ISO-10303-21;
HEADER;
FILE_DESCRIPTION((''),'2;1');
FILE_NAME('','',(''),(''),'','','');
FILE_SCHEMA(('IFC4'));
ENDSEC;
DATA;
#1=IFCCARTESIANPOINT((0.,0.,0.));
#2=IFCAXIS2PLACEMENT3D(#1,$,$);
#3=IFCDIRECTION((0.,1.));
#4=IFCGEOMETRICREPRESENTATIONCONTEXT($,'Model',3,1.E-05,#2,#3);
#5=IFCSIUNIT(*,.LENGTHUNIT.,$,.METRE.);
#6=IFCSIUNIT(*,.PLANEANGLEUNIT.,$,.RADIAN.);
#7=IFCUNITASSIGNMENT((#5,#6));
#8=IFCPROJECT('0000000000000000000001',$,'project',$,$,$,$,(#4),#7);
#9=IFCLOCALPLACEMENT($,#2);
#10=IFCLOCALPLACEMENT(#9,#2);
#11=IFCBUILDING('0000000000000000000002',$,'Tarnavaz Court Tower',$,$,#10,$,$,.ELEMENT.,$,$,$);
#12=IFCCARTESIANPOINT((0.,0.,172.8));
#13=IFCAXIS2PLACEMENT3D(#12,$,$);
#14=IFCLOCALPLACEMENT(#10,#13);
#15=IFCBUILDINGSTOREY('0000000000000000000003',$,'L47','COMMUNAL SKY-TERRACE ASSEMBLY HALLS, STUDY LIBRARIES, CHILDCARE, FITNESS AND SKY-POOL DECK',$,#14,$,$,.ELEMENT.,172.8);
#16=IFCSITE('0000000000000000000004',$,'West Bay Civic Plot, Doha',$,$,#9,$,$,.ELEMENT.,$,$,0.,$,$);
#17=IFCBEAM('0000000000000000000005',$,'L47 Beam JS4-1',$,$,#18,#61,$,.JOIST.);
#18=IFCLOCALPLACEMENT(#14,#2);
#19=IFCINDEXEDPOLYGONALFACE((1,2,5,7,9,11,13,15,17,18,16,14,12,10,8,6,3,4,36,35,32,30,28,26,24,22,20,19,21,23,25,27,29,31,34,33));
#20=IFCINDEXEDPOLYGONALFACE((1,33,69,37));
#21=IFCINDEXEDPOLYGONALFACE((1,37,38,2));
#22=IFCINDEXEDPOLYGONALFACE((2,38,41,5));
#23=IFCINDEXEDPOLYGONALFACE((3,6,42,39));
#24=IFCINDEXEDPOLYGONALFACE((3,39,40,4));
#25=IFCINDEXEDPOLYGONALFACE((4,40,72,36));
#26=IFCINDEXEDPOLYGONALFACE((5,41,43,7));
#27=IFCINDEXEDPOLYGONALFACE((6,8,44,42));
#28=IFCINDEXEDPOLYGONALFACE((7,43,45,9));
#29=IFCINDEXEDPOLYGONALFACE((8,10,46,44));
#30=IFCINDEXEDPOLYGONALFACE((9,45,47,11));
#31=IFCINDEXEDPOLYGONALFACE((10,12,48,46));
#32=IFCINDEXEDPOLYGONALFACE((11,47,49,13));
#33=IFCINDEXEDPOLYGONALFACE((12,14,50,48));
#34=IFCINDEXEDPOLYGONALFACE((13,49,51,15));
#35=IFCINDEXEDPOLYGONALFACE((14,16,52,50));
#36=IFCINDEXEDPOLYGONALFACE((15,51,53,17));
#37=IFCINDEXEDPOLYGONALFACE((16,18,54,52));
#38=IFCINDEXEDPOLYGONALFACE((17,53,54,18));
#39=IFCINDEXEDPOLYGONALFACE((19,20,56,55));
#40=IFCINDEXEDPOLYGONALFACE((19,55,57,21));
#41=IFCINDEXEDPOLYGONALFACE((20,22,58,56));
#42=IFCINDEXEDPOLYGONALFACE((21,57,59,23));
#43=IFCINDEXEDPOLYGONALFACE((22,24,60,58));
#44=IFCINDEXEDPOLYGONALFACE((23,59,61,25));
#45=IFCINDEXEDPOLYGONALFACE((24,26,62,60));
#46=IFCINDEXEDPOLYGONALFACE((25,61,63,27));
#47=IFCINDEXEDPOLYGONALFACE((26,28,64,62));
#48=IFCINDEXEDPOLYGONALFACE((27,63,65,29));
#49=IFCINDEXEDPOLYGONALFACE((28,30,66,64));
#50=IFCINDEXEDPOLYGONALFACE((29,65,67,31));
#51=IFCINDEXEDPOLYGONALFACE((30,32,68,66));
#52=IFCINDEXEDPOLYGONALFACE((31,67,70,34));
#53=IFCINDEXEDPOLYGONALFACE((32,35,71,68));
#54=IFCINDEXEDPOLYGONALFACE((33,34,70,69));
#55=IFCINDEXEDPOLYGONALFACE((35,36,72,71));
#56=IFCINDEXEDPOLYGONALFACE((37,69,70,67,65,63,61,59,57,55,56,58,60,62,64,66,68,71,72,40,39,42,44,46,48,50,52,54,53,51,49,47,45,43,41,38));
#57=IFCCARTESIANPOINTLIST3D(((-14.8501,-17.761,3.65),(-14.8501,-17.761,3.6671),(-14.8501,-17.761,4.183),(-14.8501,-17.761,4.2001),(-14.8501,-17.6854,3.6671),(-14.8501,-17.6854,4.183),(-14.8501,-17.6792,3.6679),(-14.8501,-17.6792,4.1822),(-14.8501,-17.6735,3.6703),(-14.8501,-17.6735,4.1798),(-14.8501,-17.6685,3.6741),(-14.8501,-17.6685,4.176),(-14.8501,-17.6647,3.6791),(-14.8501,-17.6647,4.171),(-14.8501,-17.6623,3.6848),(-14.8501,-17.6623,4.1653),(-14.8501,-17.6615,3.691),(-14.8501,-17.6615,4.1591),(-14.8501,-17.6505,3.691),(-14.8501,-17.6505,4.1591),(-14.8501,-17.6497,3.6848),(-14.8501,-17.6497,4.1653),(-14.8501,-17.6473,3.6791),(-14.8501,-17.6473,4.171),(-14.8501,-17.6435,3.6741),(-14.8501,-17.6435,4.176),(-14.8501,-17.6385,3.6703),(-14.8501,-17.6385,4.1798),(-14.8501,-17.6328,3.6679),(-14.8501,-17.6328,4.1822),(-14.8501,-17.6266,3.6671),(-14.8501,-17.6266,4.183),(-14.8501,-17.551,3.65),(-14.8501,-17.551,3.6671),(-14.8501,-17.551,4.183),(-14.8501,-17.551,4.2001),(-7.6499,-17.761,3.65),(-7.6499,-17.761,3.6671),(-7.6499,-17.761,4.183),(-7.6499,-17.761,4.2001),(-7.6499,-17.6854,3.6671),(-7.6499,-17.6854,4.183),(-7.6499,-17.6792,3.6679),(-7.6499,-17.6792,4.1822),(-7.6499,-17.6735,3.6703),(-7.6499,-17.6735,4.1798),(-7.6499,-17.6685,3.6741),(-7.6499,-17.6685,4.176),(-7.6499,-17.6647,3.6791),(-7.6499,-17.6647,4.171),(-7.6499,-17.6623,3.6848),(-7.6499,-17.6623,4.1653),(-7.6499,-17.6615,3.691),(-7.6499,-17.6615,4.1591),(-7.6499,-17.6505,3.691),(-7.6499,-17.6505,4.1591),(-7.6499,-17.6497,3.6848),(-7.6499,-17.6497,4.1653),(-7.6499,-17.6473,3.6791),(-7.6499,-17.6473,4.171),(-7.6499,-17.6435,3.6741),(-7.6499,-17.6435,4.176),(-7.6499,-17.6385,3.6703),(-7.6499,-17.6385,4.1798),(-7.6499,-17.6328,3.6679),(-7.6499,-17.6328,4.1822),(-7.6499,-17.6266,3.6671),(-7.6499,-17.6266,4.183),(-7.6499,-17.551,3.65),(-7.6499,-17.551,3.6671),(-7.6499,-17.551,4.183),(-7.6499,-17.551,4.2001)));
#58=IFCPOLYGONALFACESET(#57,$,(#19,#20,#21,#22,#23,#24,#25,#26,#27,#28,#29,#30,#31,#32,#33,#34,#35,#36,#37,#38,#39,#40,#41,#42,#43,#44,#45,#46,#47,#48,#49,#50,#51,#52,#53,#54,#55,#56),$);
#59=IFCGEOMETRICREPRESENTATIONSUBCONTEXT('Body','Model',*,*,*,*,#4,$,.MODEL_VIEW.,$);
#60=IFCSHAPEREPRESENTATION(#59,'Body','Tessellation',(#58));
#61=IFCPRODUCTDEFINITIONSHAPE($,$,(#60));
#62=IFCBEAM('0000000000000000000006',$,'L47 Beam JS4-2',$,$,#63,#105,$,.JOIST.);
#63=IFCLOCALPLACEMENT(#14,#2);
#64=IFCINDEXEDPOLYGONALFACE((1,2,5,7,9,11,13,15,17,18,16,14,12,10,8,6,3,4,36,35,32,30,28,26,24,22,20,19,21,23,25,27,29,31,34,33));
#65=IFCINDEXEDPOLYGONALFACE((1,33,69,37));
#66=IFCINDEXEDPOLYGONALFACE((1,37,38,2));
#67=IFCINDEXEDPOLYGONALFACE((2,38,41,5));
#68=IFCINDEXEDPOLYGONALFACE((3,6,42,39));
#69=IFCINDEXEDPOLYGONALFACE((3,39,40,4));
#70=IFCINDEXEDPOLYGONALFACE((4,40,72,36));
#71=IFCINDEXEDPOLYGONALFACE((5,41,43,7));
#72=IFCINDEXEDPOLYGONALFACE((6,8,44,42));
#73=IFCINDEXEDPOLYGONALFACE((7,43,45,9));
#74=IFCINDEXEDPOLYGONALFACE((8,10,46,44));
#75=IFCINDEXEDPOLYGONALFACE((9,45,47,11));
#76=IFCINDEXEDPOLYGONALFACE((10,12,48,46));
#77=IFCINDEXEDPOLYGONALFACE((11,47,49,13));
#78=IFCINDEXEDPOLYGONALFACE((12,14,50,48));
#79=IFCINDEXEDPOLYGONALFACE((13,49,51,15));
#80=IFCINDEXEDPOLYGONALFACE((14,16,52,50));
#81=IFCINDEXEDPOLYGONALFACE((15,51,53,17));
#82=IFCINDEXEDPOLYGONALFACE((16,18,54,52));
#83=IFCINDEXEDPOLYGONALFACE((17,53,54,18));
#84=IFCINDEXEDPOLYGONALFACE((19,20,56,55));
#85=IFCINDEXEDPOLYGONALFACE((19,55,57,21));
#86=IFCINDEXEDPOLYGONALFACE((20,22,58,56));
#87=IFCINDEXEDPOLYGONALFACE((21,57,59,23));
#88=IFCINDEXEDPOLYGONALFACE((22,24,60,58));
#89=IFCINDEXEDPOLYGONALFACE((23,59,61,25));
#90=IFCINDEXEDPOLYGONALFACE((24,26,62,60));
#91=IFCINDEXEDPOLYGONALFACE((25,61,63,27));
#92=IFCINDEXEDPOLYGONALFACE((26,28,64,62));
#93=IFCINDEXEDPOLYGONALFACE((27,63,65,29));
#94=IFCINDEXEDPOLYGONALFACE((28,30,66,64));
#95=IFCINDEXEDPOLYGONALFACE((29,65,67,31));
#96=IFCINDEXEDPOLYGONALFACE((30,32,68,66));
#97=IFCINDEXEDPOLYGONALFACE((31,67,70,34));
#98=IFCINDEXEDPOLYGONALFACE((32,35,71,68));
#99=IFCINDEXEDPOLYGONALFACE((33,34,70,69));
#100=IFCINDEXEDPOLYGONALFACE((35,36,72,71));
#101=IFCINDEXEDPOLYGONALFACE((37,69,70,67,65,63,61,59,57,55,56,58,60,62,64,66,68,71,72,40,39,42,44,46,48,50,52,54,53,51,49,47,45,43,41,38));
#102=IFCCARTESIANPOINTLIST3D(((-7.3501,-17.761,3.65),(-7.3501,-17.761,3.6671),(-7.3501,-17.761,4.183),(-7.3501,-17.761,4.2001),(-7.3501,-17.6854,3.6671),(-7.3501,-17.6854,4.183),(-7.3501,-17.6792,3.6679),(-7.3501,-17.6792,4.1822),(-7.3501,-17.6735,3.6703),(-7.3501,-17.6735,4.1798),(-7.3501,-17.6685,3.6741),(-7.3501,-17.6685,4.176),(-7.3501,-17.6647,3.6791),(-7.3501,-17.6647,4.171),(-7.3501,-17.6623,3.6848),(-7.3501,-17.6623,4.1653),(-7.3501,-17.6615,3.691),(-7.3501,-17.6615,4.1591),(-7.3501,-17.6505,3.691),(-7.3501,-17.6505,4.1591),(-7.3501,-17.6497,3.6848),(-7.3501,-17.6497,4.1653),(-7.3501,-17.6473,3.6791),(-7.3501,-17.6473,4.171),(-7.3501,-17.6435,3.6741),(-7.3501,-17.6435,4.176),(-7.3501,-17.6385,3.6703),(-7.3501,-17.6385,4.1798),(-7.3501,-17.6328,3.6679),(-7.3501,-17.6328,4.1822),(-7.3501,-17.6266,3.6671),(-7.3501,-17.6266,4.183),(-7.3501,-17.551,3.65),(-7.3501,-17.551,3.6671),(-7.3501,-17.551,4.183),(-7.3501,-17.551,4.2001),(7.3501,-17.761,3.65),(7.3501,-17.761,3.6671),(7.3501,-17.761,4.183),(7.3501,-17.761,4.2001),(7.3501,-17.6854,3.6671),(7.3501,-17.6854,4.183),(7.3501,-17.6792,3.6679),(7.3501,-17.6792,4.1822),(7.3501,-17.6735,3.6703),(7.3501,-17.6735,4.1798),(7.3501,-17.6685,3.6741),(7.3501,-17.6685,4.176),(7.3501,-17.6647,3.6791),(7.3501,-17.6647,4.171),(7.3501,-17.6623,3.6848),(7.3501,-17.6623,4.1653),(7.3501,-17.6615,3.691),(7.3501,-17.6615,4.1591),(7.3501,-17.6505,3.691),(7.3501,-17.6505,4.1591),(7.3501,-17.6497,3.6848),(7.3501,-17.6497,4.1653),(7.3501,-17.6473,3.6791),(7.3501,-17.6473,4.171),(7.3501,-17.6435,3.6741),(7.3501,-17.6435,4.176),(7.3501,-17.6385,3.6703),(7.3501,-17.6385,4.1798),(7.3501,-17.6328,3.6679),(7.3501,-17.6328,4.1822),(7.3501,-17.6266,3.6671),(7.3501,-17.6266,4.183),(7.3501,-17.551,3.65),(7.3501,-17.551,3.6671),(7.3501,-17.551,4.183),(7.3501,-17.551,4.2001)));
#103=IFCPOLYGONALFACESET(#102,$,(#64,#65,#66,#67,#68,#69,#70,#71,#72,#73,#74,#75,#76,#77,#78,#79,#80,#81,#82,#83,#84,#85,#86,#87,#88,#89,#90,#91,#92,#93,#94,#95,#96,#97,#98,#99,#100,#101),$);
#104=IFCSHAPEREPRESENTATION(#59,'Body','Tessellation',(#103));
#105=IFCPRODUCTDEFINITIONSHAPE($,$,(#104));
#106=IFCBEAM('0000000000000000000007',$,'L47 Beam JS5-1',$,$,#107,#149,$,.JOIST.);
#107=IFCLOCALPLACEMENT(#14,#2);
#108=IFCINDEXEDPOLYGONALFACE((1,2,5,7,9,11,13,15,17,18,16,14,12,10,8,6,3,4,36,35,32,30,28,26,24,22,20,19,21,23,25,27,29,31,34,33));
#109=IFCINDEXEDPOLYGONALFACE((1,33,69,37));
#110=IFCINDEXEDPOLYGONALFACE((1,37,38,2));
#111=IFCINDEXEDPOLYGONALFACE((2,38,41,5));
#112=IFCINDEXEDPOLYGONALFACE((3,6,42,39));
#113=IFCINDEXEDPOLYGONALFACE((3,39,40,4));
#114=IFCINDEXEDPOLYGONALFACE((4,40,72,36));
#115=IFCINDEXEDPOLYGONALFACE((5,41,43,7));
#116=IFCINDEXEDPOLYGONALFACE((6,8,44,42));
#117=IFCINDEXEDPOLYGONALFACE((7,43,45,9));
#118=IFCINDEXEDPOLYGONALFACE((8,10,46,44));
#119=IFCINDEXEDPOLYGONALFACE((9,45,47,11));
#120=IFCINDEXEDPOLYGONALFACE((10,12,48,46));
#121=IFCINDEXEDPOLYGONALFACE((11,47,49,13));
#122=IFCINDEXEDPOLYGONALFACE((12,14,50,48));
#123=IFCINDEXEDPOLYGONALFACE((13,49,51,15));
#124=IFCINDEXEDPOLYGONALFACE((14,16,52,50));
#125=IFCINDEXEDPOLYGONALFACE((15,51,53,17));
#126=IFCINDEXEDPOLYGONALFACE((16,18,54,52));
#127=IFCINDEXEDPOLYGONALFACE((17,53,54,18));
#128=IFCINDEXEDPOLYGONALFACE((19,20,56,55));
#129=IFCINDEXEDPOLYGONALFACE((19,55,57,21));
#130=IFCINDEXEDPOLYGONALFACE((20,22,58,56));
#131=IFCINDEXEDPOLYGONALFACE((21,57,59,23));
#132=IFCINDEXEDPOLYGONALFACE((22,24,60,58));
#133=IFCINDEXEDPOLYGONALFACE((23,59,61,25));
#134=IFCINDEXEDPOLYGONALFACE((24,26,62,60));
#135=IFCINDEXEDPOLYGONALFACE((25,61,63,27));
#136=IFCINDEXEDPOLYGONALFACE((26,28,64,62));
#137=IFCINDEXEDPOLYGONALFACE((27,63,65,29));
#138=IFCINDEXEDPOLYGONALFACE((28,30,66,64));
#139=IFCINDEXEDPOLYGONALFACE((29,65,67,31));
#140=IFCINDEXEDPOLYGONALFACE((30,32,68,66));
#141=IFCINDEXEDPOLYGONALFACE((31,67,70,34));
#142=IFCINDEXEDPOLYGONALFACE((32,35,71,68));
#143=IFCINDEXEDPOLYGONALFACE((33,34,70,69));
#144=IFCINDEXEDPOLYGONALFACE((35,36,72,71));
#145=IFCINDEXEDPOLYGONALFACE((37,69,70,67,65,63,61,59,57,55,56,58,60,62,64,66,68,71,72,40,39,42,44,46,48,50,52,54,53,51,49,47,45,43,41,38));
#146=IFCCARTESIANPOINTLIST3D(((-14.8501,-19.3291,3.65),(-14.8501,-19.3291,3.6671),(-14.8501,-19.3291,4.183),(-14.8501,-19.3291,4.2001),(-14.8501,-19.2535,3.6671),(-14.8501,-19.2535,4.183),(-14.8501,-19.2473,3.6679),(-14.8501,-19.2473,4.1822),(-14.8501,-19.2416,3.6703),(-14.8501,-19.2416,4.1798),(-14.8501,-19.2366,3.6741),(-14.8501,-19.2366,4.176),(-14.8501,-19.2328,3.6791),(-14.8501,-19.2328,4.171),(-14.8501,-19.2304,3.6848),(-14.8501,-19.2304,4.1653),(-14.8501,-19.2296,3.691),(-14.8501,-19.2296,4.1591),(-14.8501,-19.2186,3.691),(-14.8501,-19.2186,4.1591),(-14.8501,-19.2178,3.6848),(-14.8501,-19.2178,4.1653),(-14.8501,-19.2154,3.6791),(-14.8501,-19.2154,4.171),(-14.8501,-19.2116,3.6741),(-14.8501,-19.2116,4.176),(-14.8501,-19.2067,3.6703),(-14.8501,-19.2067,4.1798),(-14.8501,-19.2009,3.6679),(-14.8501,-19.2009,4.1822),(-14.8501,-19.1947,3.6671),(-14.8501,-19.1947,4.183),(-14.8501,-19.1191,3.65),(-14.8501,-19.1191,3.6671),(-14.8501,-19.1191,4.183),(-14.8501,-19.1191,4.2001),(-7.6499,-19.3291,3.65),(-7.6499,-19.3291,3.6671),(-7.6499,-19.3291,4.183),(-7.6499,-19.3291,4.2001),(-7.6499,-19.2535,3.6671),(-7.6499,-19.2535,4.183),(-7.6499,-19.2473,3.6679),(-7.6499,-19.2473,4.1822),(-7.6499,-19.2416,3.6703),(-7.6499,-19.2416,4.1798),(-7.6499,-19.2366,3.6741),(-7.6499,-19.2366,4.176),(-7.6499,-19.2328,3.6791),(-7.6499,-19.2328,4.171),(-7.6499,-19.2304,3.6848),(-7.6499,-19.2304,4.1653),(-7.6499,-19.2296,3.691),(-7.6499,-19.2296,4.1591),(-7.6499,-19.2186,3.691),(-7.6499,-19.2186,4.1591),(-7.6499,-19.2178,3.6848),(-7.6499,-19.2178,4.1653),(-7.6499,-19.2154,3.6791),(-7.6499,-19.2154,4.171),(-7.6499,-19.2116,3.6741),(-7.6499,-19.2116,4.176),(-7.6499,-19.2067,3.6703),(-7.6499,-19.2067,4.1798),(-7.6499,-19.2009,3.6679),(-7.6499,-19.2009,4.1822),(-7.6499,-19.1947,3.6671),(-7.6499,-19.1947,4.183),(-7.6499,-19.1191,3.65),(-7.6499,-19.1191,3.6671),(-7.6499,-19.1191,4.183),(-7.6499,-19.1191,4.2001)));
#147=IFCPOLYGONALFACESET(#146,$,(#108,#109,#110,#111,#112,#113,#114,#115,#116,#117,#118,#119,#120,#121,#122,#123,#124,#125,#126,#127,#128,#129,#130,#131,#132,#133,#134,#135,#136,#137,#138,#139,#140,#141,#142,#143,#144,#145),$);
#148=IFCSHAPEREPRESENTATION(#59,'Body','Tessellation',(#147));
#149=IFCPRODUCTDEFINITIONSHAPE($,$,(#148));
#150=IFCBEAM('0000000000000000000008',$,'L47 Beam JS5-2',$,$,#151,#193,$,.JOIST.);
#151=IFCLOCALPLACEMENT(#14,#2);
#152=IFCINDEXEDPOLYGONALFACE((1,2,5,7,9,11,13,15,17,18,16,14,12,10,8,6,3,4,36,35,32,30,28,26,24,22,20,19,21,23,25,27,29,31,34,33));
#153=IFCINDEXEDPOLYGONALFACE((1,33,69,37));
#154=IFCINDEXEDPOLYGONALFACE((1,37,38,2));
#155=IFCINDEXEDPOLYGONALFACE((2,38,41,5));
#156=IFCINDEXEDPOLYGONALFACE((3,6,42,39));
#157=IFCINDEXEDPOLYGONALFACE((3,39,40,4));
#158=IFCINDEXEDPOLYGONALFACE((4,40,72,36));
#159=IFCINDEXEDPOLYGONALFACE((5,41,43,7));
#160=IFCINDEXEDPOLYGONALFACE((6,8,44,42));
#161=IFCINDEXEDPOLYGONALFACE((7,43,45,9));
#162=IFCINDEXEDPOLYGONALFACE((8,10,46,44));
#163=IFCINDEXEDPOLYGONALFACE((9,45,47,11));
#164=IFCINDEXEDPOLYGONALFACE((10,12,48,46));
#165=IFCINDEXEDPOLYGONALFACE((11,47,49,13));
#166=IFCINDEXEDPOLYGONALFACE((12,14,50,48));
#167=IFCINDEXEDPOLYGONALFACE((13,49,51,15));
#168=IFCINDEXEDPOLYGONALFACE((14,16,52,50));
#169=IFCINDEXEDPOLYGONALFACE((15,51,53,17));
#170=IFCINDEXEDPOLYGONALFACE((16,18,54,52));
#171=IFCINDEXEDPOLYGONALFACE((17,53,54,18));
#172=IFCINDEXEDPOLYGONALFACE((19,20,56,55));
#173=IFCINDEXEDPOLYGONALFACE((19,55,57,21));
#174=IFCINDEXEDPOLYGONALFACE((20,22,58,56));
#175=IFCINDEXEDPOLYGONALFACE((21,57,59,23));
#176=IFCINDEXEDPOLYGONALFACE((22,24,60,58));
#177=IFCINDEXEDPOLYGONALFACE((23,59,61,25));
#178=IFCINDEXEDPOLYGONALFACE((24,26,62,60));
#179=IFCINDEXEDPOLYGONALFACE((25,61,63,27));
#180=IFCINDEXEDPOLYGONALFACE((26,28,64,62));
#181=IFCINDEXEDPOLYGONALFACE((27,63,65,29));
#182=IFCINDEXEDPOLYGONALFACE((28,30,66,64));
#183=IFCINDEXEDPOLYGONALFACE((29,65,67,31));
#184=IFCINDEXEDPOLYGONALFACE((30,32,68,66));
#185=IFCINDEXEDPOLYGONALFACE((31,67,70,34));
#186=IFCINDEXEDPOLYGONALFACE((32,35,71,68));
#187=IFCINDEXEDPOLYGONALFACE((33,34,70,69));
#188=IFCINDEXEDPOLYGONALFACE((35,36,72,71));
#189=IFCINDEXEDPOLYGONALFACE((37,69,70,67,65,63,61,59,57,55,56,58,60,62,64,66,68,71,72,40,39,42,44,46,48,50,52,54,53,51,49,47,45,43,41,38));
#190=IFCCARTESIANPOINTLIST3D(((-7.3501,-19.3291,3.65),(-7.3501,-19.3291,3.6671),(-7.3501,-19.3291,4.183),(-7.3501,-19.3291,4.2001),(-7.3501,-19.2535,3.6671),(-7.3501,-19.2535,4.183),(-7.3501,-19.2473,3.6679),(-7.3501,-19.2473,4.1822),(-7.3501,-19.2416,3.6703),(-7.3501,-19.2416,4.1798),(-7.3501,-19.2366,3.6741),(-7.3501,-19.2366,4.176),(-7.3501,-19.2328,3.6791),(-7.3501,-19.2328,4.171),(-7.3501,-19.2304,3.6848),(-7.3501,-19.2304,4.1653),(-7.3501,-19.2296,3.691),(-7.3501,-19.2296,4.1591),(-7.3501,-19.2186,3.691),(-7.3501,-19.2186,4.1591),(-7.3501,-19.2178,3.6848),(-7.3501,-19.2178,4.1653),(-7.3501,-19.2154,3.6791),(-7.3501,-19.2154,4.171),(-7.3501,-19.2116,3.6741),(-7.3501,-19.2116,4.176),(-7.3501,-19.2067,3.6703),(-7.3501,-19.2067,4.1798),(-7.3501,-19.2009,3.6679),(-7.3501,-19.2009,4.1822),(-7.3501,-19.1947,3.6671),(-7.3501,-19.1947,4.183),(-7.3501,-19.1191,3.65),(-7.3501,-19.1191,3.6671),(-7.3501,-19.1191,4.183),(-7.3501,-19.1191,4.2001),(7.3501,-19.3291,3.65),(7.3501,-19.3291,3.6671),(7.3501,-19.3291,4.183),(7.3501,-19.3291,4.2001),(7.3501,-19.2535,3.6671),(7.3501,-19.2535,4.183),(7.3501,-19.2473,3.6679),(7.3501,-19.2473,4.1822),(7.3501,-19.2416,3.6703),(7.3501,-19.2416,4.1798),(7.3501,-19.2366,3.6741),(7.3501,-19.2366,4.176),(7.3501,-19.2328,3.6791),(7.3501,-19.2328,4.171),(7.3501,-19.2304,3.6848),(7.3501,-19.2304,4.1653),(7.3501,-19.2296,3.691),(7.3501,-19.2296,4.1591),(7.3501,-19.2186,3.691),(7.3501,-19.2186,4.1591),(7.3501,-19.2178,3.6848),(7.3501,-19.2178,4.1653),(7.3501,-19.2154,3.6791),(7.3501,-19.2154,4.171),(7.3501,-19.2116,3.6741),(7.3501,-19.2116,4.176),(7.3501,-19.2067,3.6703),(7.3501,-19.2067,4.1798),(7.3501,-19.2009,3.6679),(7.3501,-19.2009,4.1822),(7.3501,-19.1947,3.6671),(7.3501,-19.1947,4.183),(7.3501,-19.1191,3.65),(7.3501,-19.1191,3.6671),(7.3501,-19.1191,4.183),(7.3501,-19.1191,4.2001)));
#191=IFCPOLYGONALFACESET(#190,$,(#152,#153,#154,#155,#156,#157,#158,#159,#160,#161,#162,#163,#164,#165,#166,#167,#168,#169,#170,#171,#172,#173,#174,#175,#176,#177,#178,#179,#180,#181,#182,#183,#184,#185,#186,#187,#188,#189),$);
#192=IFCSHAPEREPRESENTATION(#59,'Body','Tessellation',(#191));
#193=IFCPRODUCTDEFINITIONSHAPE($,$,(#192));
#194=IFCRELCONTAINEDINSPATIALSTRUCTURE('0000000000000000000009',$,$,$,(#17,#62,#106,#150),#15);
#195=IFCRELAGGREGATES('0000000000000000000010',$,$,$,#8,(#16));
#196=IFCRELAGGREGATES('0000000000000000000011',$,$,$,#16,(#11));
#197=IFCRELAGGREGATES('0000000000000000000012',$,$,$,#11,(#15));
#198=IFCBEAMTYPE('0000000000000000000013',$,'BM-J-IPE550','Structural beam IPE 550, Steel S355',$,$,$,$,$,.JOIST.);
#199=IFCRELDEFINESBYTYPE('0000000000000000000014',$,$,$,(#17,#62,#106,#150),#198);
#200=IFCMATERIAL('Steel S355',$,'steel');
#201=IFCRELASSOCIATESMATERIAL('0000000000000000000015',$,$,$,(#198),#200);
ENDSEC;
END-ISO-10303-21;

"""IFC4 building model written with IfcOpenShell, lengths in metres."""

from ifc_helpers import new_model, si_unit, direction, frame, origin, origin_2d, place, context, subcontext, project, spatial, i_section, extrude, material, material_profile, profile_set, type_object, element, save


model = new_model("IFC4")

# Units and contexts
model_context = context("Model", 3, precision=1e-05, world=origin(), true_north=direction((0.0, 1.0)))
body_context = subcontext(model_context, "Body", "Model", "MODEL_VIEW")
ifc_project = project(units=[si_unit("LENGTHUNIT", "METRE"), si_unit("PLANEANGLEUNIT", "RADIAN")], contexts=[model_context])

# Site, building, storey
site_placement = place(None, origin())
site = spatial("IfcSite", under=ifc_project, at=site_placement, Name="West Bay Civic Plot, Doha", CompositionType="ELEMENT", RefElevation=0.0)
building_placement = place(site_placement, origin())
building = spatial("IfcBuilding", under=site, at=building_placement, Name="Tarnavaz Court Tower", CompositionType="ELEMENT")
storey_placement = place(building_placement, frame((0.0, 0.0, 172.8)))
storey = spatial("IfcBuildingStorey", under=building, at=storey_placement, Name="L47", Description="COMMUNAL SKY-TERRACE ASSEMBLY HALLS, STUDY LIBRARIES, CHILDCARE, FITNESS AND SKY-POOL DECK", CompositionType="ELEMENT", Elevation=172.8)

# Beams
ifc_material_1 = material(Name="Steel S355", Category="steel")
ifc_material_profile_1 = material_profile(ifc_material_1, i_section(OverallWidth=0.21, OverallDepth=0.55, WebThickness=0.011, FlangeThickness=0.0171, FilletRadius=0.0239, at=origin_2d()), Name="IPE 550")
ifc_profile_set_1 = profile_set([ifc_material_profile_1], Name="Steel S355")
beam_type_1 = type_object("IfcBeamType", Name="BM-J-IPE550", Description="Structural beam IPE 550, Steel S355", PredefinedType="JOIST", material=ifc_profile_set_1)
beam_1_placement = place(storey_placement, frame((-14.8501, -17.656, 3.925), z_axis=(1.0, 0.0, 0.0), x_axis=(0.0, 1.0, 0.0)))
element("IfcBeam", 1, at=beam_1_placement, inside=storey, type_object=beam_type_1, Name="L47 Beam JS4-1", PredefinedType="JOIST", context=body_context, shape_type="SweptSolid", body=[
    extrude(i_section(OverallWidth=0.21, OverallDepth=0.55, WebThickness=0.011, FlangeThickness=0.0171, FilletRadius=0.0239, at=origin_2d()), origin(), (0.0, 0.0, 1.0), 7.2002),
])
beam_2_placement = place(storey_placement, frame((-7.3501, -17.656, 3.925), z_axis=(1.0, 0.0, 0.0), x_axis=(0.0, 1.0, 0.0)))
element("IfcBeam", 2, at=beam_2_placement, inside=storey, type_object=beam_type_1, Name="L47 Beam JS4-2", PredefinedType="JOIST", context=body_context, shape_type="SweptSolid", body=[
    extrude(i_section(OverallWidth=0.21, OverallDepth=0.55, WebThickness=0.011, FlangeThickness=0.0171, FilletRadius=0.0239, at=origin_2d()), origin(), (0.0, 0.0, 1.0), 14.7002),
])
beam_3_placement = place(storey_placement, frame((-14.8501, -19.2241, 3.925), z_axis=(1.0, 0.0, 0.0), x_axis=(0.0, 1.0, 0.0)))
element("IfcBeam", 3, at=beam_3_placement, inside=storey, type_object=beam_type_1, Name="L47 Beam JS5-1", PredefinedType="JOIST", context=body_context, shape_type="SweptSolid", body=[
    extrude(i_section(OverallWidth=0.21, OverallDepth=0.55, WebThickness=0.011, FlangeThickness=0.0171, FilletRadius=0.0239, at=origin_2d()), origin(), (0.0, 0.0, 1.0), 7.2002),
])
beam_4_placement = place(storey_placement, frame((-7.3501, -19.2241, 3.925), z_axis=(1.0, 0.0, 0.0), x_axis=(0.0, 1.0, 0.0)))
element("IfcBeam", 4, at=beam_4_placement, inside=storey, type_object=beam_type_1, Name="L47 Beam JS5-2", PredefinedType="JOIST", context=body_context, shape_type="SweptSolid", body=[
    extrude(i_section(OverallWidth=0.21, OverallDepth=0.55, WebThickness=0.011, FlangeThickness=0.0171, FilletRadius=0.0239, at=origin_2d()), origin(), (0.0, 0.0, 1.0), 14.7002),
])

save(model, "model.ifc")
